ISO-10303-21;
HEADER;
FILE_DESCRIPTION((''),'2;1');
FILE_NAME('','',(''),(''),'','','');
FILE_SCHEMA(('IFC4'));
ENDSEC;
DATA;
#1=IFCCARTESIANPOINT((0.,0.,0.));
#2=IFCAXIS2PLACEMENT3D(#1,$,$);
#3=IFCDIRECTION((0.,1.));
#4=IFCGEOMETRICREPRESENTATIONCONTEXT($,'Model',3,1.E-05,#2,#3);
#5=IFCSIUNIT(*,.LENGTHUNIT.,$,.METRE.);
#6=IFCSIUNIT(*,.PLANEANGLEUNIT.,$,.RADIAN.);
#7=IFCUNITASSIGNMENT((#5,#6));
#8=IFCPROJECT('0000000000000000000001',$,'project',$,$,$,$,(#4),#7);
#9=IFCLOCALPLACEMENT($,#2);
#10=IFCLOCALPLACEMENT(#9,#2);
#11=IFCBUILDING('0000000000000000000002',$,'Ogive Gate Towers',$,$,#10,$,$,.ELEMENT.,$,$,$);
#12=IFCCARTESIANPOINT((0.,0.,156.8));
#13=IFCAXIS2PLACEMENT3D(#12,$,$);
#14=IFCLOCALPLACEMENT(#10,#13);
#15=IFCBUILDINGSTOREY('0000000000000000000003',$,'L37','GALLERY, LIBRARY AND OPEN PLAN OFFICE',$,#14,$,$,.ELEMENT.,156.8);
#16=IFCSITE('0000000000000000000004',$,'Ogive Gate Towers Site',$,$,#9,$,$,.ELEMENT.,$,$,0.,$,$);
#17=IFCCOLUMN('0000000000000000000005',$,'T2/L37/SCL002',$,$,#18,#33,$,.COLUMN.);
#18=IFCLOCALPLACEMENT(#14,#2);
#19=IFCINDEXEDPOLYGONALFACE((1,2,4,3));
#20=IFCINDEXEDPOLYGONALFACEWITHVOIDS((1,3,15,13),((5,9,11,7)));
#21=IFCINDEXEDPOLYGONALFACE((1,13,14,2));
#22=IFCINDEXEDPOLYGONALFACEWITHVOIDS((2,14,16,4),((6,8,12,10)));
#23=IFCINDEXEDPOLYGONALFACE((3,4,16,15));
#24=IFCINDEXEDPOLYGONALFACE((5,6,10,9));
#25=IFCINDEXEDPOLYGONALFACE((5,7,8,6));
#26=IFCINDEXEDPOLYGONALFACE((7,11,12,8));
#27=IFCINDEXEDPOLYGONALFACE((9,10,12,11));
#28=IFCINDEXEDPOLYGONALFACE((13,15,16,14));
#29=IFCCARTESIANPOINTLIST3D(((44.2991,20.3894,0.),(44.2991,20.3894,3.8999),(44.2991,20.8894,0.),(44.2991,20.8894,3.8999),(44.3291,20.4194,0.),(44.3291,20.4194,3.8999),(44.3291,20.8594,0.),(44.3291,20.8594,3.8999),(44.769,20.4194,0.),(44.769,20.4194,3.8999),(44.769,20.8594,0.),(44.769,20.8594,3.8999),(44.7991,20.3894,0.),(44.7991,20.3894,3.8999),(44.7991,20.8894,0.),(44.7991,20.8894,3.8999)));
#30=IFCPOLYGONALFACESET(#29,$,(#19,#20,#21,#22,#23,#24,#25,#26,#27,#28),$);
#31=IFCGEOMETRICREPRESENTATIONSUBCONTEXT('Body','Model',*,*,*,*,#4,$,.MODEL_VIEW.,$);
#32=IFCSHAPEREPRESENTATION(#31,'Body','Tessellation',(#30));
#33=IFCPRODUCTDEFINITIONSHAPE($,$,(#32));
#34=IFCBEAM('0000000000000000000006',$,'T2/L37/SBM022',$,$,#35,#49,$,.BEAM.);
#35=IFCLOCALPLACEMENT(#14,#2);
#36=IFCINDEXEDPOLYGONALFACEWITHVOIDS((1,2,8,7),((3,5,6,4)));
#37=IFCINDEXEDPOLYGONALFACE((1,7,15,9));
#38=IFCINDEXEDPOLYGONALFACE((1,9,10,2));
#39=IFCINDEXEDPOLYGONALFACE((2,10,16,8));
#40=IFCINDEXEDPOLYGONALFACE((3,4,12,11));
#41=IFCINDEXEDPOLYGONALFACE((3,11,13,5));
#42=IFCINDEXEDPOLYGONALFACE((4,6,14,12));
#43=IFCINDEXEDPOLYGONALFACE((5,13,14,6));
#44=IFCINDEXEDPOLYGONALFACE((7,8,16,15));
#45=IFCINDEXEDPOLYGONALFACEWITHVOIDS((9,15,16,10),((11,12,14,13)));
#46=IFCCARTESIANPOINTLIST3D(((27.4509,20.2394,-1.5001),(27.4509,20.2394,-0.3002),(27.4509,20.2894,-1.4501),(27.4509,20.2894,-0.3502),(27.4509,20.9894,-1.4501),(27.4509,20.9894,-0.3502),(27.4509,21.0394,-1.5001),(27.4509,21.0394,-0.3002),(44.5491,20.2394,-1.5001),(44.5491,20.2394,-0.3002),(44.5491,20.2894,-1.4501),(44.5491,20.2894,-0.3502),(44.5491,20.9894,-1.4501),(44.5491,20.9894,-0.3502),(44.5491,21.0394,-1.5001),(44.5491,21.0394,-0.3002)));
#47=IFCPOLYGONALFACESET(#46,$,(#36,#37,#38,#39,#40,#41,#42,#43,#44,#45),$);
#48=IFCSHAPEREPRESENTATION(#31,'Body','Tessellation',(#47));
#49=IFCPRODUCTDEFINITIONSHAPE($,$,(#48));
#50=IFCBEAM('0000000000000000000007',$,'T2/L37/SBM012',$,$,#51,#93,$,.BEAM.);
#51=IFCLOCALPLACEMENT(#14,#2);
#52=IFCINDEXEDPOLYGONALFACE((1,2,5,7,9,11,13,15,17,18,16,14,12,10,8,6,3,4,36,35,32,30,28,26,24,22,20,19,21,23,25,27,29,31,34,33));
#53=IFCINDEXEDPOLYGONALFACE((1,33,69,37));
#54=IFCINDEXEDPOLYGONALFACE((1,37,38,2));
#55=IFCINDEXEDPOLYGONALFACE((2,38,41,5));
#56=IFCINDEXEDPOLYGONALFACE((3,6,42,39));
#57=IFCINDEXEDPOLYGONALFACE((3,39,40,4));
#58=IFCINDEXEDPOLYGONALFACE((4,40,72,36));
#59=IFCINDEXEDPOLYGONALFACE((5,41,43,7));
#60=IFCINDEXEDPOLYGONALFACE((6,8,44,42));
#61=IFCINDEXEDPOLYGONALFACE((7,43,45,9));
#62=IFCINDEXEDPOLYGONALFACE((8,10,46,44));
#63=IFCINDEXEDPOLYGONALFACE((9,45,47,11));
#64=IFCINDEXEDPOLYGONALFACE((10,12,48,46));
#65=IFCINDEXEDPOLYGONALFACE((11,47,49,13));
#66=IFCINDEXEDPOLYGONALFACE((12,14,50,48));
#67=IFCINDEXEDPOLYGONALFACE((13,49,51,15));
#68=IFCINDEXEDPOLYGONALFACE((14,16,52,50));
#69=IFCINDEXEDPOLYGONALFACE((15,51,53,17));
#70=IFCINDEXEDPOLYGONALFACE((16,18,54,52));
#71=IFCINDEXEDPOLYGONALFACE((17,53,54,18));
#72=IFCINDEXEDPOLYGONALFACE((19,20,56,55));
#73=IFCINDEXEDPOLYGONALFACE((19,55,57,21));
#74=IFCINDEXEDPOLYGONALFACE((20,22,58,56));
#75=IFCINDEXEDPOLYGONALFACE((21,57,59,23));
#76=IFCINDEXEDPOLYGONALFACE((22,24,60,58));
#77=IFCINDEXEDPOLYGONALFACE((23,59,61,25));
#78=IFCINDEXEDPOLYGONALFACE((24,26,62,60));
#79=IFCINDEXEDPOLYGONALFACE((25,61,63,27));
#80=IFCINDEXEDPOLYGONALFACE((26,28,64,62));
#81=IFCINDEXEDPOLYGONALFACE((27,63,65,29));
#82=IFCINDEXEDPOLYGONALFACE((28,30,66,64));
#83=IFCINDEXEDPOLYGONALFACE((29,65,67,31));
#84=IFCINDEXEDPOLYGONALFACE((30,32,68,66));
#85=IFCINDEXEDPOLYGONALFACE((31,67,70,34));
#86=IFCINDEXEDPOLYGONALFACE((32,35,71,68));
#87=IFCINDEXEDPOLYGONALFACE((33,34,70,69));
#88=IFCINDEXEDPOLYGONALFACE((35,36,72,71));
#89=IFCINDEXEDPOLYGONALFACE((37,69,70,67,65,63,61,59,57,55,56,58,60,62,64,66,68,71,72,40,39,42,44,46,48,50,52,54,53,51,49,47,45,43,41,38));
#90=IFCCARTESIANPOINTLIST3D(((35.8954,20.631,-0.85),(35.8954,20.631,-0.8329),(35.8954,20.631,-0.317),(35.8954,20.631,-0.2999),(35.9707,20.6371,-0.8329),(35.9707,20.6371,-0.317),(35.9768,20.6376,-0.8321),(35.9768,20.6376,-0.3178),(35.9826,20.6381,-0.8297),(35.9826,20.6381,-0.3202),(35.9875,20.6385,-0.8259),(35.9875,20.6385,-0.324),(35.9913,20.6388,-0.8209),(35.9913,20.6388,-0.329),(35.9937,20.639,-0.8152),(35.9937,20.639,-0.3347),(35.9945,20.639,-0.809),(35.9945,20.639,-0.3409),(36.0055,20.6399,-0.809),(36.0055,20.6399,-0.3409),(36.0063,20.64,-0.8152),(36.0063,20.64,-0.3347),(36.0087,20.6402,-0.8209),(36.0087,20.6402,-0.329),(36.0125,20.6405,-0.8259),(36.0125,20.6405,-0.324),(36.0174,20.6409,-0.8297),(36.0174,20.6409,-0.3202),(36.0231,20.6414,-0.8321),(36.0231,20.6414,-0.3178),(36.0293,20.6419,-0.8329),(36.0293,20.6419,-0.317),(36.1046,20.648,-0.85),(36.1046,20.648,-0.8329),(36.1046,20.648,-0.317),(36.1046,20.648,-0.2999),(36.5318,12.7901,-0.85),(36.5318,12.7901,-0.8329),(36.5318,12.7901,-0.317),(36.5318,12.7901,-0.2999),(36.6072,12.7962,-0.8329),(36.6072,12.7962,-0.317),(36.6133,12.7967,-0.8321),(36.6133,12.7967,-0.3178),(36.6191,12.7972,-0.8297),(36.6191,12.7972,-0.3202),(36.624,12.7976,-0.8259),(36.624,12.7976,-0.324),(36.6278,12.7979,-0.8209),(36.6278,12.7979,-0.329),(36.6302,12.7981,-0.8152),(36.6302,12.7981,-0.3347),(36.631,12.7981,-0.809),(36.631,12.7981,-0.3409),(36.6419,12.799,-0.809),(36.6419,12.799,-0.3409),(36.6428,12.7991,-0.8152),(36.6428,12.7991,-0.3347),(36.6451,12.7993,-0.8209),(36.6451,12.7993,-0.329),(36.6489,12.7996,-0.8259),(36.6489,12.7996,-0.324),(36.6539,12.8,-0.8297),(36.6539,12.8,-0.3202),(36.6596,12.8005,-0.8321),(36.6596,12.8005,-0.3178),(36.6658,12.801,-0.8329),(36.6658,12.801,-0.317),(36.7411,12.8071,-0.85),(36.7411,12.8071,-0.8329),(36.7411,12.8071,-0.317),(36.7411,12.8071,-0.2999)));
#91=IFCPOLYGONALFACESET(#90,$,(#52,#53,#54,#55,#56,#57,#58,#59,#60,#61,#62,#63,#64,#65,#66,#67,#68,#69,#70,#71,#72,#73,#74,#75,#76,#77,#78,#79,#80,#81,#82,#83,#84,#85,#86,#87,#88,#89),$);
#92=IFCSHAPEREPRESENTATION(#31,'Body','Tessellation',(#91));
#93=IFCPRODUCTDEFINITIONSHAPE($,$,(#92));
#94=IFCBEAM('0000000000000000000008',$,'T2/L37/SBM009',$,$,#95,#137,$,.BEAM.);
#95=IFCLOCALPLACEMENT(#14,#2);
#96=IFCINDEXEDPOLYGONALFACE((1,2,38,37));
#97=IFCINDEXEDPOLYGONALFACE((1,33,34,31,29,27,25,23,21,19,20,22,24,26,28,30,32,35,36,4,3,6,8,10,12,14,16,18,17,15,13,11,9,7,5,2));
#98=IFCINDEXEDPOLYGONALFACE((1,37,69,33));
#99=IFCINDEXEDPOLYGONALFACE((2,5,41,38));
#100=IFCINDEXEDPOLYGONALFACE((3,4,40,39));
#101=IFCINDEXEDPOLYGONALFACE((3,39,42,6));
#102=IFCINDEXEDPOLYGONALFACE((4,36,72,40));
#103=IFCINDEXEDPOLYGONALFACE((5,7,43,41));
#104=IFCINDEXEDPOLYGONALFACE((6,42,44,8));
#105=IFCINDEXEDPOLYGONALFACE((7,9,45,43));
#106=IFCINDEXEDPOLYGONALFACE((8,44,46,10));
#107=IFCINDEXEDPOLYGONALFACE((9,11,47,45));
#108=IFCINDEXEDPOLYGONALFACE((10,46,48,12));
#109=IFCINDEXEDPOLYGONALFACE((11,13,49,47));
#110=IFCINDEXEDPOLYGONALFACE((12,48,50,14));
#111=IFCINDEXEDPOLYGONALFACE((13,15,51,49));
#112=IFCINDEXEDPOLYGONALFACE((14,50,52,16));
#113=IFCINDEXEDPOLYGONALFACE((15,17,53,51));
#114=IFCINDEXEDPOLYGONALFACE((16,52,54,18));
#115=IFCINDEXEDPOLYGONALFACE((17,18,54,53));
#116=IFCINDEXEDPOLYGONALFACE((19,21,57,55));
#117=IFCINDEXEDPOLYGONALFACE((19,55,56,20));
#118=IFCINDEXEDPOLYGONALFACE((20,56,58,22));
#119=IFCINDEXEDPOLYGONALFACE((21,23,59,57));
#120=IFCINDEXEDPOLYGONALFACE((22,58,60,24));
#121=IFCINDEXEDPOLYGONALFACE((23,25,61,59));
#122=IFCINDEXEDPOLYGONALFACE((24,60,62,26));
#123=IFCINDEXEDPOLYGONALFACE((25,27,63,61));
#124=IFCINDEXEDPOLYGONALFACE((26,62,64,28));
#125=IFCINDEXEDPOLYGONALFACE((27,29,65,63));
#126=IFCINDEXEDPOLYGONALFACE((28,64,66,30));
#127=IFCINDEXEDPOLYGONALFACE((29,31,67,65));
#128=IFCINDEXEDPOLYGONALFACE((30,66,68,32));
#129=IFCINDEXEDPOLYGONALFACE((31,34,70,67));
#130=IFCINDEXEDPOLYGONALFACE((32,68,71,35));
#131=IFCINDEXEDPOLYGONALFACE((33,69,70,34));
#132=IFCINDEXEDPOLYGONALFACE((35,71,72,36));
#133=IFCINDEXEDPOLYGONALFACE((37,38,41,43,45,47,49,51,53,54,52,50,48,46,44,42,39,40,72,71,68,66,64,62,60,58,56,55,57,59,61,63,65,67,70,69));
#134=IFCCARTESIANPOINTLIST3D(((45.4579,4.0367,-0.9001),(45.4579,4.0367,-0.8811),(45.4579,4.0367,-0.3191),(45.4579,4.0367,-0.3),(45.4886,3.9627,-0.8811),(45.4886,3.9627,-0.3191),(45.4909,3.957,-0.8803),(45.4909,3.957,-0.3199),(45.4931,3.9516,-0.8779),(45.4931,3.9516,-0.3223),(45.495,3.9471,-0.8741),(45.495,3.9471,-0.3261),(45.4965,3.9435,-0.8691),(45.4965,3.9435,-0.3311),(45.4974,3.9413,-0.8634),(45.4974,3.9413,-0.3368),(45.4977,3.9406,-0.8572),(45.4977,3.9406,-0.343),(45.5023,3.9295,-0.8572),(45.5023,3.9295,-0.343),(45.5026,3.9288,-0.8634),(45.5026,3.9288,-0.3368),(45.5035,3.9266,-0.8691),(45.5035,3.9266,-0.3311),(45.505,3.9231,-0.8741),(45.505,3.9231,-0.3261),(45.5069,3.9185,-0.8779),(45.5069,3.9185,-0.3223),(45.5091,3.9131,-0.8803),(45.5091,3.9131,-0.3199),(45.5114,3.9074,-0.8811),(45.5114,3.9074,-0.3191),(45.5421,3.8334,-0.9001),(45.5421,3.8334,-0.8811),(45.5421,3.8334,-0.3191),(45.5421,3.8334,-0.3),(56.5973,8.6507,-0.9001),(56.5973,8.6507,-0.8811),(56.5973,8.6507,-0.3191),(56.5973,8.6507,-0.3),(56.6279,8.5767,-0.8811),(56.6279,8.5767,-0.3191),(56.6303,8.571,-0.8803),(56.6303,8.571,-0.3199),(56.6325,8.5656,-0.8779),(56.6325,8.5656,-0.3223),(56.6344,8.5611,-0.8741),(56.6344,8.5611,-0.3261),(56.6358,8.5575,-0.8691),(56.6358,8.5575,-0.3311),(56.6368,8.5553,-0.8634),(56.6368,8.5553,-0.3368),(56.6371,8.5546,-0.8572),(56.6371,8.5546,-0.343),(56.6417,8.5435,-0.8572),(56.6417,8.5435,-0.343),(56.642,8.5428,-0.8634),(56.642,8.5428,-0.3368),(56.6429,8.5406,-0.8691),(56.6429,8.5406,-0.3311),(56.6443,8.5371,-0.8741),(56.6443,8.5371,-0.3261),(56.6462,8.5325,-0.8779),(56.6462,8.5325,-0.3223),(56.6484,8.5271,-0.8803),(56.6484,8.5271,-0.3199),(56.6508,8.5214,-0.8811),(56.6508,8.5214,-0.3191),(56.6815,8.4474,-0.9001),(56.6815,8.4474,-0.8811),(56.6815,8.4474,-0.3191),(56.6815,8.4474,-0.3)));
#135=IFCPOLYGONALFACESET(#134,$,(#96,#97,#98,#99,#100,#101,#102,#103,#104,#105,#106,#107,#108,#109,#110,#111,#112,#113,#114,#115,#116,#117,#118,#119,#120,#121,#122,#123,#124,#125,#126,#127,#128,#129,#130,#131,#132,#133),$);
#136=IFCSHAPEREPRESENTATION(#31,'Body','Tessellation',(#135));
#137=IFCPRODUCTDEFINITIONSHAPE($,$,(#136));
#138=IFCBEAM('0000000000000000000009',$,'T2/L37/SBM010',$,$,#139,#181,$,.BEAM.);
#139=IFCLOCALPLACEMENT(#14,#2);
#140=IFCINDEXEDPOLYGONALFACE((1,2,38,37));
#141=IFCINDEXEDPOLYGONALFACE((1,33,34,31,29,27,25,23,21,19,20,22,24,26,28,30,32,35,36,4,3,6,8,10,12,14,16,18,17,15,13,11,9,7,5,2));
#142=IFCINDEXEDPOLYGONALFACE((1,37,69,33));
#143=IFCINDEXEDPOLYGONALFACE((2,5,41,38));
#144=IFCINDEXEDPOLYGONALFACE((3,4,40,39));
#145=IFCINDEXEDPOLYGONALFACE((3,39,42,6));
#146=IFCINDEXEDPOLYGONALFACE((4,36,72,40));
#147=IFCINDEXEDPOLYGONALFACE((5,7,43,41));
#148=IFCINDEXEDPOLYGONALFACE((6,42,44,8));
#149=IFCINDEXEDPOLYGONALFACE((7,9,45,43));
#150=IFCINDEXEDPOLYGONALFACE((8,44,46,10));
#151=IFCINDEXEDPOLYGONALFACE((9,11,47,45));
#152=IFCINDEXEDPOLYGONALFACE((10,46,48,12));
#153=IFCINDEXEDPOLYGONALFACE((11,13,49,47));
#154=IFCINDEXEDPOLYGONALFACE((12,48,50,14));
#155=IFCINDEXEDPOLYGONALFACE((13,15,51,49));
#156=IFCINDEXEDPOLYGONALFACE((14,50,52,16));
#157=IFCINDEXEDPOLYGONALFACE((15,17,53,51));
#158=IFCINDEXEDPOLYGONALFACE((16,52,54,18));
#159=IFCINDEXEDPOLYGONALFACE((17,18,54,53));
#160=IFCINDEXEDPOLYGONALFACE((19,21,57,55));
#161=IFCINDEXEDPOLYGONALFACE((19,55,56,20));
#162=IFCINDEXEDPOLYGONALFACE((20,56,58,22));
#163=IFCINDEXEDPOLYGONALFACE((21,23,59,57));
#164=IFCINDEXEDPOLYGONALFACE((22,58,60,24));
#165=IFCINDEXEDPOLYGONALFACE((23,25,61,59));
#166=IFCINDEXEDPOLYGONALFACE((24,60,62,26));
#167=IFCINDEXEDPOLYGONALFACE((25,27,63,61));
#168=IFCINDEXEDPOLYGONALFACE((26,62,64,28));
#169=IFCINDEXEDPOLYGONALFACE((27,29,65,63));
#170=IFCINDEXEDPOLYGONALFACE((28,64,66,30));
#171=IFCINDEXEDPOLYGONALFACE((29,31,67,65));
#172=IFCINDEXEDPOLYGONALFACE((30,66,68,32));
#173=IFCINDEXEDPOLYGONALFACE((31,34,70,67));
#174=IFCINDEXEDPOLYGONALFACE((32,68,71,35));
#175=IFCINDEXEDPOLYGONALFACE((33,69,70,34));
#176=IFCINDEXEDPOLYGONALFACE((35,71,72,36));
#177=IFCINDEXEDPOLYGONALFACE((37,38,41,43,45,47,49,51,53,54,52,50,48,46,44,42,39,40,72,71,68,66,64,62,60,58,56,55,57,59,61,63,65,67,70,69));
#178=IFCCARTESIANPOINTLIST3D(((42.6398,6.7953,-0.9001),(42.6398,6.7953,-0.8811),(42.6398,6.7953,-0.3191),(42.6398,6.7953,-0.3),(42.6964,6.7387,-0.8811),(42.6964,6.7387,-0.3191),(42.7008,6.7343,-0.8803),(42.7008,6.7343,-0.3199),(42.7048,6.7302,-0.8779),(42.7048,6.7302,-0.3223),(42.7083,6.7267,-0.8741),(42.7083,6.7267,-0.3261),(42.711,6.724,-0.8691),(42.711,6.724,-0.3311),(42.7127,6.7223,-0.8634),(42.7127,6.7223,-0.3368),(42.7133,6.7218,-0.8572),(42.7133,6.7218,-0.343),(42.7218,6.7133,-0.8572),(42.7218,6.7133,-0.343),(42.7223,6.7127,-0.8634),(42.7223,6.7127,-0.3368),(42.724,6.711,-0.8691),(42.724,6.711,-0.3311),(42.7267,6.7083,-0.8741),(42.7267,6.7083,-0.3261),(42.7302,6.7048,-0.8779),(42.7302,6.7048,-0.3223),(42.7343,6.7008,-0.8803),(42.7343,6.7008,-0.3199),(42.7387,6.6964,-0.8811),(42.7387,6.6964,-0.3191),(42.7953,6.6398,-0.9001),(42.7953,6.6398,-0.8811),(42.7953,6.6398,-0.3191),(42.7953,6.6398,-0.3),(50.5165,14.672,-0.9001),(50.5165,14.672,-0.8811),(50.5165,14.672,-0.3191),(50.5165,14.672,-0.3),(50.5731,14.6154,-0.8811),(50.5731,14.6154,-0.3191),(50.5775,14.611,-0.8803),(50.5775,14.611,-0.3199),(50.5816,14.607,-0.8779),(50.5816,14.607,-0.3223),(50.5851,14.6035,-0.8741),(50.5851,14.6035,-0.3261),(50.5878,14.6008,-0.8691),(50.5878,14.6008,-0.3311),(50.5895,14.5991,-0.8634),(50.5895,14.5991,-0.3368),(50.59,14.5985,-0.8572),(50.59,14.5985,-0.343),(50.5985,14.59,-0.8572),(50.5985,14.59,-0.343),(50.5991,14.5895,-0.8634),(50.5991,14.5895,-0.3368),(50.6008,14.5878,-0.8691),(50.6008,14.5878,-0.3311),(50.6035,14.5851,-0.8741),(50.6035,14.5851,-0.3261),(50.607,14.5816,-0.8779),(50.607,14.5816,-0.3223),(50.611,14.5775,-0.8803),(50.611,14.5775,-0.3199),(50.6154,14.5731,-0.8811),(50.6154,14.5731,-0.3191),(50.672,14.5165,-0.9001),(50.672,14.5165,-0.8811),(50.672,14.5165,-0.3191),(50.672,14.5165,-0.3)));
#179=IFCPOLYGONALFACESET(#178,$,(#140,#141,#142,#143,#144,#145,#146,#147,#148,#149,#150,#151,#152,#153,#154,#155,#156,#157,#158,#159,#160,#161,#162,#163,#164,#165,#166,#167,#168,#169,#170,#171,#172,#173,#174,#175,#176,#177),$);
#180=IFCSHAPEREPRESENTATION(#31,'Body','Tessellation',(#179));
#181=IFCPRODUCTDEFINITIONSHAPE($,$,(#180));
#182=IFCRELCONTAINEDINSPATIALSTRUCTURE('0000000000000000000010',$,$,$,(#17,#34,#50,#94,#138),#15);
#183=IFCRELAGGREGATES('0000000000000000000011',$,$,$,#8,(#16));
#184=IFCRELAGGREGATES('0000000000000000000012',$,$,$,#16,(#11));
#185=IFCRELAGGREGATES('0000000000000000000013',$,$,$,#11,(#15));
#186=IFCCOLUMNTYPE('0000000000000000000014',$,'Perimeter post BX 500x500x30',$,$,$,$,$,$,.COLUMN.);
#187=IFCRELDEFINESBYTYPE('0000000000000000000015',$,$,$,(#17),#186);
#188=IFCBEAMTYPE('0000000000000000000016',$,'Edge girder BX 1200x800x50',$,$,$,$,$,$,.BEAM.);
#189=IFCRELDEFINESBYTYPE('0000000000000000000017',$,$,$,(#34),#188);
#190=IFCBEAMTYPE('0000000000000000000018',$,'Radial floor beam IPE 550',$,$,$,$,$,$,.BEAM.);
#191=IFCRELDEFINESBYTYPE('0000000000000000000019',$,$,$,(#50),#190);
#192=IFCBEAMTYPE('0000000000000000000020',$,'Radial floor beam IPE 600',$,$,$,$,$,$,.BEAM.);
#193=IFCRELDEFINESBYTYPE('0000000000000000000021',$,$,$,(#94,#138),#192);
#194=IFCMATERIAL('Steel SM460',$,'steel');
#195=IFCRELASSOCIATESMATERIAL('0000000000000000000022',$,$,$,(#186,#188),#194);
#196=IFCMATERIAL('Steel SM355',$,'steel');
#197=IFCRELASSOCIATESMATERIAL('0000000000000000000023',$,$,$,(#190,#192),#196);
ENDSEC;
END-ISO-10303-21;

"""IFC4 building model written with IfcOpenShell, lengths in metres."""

from ifc_helpers import new_model, si_unit, direction, frame, origin, origin_2d, place, context, subcontext, project, spatial, hollow_rectangle, i_section, extrude, material, material_profile, profile_set, type_object, element, save


model = new_model("IFC4")

# Units and contexts
model_context = context("Model", 3, precision=1e-05, world=origin(), true_north=direction((0.0, 1.0)))
body_context = subcontext(model_context, "Body", "Model", "MODEL_VIEW")
ifc_project = project(units=[si_unit("LENGTHUNIT", "METRE"), si_unit("PLANEANGLEUNIT", "RADIAN")], contexts=[model_context])

# Site, building, storey
site_placement = place(None, origin())
site = spatial("IfcSite", under=ifc_project, at=site_placement, Name="Ogive Gate Towers Site", CompositionType="ELEMENT", RefElevation=0.0)
building_placement = place(site_placement, origin())
building = spatial("IfcBuilding", under=site, at=building_placement, Name="Ogive Gate Towers", CompositionType="ELEMENT")
storey_placement = place(building_placement, frame((0.0, 0.0, 156.8)))
storey = spatial("IfcBuildingStorey", under=building, at=storey_placement, Name="L37", Description="GALLERY, LIBRARY AND OPEN PLAN OFFICE", CompositionType="ELEMENT", Elevation=156.8)

# Column
ifc_material_1 = material(Name="Steel SM460", Category="steel")
ifc_material_profile_1 = material_profile(ifc_material_1, hollow_rectangle(XDim=0.5, YDim=0.5, WallThickness=0.03, at=origin_2d()), Name="BX 500x500x30")
ifc_profile_set_1 = profile_set([ifc_material_profile_1], Name="Steel SM460")
column_type = type_object("IfcColumnType", Name="Perimeter post BX 500x500x30", PredefinedType="COLUMN", material=ifc_profile_set_1)
column_placement = place(storey_placement, frame((44.5491, 20.6394, 0.0), z_axis=(0.0, 0.0, 1.0), x_axis=(1.0, 0.0, 0.0)))
element("IfcColumn", 1, at=column_placement, inside=storey, type_object=column_type, Name="T2/L37/SCL002", PredefinedType="COLUMN", context=body_context, shape_type="SweptSolid", body=[
    extrude(hollow_rectangle(XDim=0.5, YDim=0.5, WallThickness=0.03, at=origin_2d()), origin(), (0.0, 0.0, 1.0), 3.8999),
])

# Beams
ifc_material_profile_2 = material_profile(ifc_material_1, hollow_rectangle(XDim=0.8, YDim=1.2, WallThickness=0.05, at=origin_2d()), Name="BX 1200x800x50")
ifc_profile_set_2 = profile_set([ifc_material_profile_2], Name="Steel SM460")
beam_type_1 = type_object("IfcBeamType", Name="Edge girder BX 1200x800x50", PredefinedType="BEAM", material=ifc_profile_set_2)
beam_1_placement = place(storey_placement, frame((44.5491, 20.6394, -0.9001), z_axis=(-1.0, 0.0, 0.0), x_axis=(0.0, -1.0, 0.0)))
element("IfcBeam", 2, at=beam_1_placement, inside=storey, type_object=beam_type_1, Name="T2/L37/SBM022", PredefinedType="BEAM", context=body_context, shape_type="SweptSolid", body=[
    extrude(hollow_rectangle(XDim=0.8, YDim=1.2, WallThickness=0.05, at=origin_2d()), origin(), (0.0, 0.0, 1.0), 17.0981),
])
ifc_material_2 = material(Name="Steel SM355", Category="steel")
ifc_material_profile_3 = material_profile(ifc_material_2, i_section(OverallWidth=0.21, OverallDepth=0.55, WebThickness=0.011, FlangeThickness=0.0171, FilletRadius=0.0239, at=origin_2d()), Name="IPE 550")
ifc_profile_set_3 = profile_set([ifc_material_profile_3], Name="Steel SM355")
beam_type_2 = type_object("IfcBeamType", Name="Radial floor beam IPE 550", PredefinedType="BEAM", material=ifc_profile_set_3)
beam_2_placement = place(storey_placement, frame((36.6365, 12.7986, -0.575), z_axis=(-0.080908, 0.996722, 0.0), x_axis=(-0.996722, -0.080908, 0.0)))
element("IfcBeam", 3, at=beam_2_placement, inside=storey, type_object=beam_type_2, Name="T2/L37/SBM012", PredefinedType="BEAM", context=body_context, shape_type="SweptSolid", body=[
    extrude(i_section(OverallWidth=0.21, OverallDepth=0.55, WebThickness=0.011, FlangeThickness=0.0171, FilletRadius=0.0239, at=origin_2d()), origin(), (0.0, 0.0, 1.0), 7.8667),
])
ifc_material_profile_4 = material_profile(ifc_material_2, i_section(OverallWidth=0.22, OverallDepth=0.6001, WebThickness=0.012, FlangeThickness=0.019, FilletRadius=0.0239, at=origin_2d()), Name="IPE 600")
ifc_profile_set_4 = profile_set([ifc_material_profile_4], Name="Steel SM355")
beam_type_3 = type_object("IfcBeamType", Name="Radial floor beam IPE 600", PredefinedType="BEAM", material=ifc_profile_set_4)
beam_3_placement = place(storey_placement, frame((45.5, 3.9351, -0.6001), z_axis=(0.923882, 0.382678, 0.0), x_axis=(-0.382678, 0.923882, 0.0)))
element("IfcBeam", 4, at=beam_3_placement, inside=storey, type_object=beam_type_3, Name="T2/L37/SBM009", PredefinedType="BEAM", context=body_context, shape_type="SweptSolid", body=[
    extrude(i_section(OverallWidth=0.22, OverallDepth=0.6001, WebThickness=0.012, FlangeThickness=0.019, FilletRadius=0.0239, at=origin_2d()), origin(), (0.0, 0.0, 1.0), 12.0571),
])
beam_4_placement = place(storey_placement, frame((42.7175, 6.7175, -0.6001), z_axis=(0.707107, 0.707107, 0.0), x_axis=(-0.707107, 0.707107, 0.0)))
element("IfcBeam", 5, at=beam_4_placement, inside=storey, type_object=beam_type_3, Name="T2/L37/SBM010", PredefinedType="BEAM", context=body_context, shape_type="SweptSolid", body=[
    extrude(i_section(OverallWidth=0.22, OverallDepth=0.6001, WebThickness=0.012, FlangeThickness=0.019, FilletRadius=0.0239, at=origin_2d()), origin(), (0.0, 0.0, 1.0), 11.1394),
])

save(model, "model.ifc")
